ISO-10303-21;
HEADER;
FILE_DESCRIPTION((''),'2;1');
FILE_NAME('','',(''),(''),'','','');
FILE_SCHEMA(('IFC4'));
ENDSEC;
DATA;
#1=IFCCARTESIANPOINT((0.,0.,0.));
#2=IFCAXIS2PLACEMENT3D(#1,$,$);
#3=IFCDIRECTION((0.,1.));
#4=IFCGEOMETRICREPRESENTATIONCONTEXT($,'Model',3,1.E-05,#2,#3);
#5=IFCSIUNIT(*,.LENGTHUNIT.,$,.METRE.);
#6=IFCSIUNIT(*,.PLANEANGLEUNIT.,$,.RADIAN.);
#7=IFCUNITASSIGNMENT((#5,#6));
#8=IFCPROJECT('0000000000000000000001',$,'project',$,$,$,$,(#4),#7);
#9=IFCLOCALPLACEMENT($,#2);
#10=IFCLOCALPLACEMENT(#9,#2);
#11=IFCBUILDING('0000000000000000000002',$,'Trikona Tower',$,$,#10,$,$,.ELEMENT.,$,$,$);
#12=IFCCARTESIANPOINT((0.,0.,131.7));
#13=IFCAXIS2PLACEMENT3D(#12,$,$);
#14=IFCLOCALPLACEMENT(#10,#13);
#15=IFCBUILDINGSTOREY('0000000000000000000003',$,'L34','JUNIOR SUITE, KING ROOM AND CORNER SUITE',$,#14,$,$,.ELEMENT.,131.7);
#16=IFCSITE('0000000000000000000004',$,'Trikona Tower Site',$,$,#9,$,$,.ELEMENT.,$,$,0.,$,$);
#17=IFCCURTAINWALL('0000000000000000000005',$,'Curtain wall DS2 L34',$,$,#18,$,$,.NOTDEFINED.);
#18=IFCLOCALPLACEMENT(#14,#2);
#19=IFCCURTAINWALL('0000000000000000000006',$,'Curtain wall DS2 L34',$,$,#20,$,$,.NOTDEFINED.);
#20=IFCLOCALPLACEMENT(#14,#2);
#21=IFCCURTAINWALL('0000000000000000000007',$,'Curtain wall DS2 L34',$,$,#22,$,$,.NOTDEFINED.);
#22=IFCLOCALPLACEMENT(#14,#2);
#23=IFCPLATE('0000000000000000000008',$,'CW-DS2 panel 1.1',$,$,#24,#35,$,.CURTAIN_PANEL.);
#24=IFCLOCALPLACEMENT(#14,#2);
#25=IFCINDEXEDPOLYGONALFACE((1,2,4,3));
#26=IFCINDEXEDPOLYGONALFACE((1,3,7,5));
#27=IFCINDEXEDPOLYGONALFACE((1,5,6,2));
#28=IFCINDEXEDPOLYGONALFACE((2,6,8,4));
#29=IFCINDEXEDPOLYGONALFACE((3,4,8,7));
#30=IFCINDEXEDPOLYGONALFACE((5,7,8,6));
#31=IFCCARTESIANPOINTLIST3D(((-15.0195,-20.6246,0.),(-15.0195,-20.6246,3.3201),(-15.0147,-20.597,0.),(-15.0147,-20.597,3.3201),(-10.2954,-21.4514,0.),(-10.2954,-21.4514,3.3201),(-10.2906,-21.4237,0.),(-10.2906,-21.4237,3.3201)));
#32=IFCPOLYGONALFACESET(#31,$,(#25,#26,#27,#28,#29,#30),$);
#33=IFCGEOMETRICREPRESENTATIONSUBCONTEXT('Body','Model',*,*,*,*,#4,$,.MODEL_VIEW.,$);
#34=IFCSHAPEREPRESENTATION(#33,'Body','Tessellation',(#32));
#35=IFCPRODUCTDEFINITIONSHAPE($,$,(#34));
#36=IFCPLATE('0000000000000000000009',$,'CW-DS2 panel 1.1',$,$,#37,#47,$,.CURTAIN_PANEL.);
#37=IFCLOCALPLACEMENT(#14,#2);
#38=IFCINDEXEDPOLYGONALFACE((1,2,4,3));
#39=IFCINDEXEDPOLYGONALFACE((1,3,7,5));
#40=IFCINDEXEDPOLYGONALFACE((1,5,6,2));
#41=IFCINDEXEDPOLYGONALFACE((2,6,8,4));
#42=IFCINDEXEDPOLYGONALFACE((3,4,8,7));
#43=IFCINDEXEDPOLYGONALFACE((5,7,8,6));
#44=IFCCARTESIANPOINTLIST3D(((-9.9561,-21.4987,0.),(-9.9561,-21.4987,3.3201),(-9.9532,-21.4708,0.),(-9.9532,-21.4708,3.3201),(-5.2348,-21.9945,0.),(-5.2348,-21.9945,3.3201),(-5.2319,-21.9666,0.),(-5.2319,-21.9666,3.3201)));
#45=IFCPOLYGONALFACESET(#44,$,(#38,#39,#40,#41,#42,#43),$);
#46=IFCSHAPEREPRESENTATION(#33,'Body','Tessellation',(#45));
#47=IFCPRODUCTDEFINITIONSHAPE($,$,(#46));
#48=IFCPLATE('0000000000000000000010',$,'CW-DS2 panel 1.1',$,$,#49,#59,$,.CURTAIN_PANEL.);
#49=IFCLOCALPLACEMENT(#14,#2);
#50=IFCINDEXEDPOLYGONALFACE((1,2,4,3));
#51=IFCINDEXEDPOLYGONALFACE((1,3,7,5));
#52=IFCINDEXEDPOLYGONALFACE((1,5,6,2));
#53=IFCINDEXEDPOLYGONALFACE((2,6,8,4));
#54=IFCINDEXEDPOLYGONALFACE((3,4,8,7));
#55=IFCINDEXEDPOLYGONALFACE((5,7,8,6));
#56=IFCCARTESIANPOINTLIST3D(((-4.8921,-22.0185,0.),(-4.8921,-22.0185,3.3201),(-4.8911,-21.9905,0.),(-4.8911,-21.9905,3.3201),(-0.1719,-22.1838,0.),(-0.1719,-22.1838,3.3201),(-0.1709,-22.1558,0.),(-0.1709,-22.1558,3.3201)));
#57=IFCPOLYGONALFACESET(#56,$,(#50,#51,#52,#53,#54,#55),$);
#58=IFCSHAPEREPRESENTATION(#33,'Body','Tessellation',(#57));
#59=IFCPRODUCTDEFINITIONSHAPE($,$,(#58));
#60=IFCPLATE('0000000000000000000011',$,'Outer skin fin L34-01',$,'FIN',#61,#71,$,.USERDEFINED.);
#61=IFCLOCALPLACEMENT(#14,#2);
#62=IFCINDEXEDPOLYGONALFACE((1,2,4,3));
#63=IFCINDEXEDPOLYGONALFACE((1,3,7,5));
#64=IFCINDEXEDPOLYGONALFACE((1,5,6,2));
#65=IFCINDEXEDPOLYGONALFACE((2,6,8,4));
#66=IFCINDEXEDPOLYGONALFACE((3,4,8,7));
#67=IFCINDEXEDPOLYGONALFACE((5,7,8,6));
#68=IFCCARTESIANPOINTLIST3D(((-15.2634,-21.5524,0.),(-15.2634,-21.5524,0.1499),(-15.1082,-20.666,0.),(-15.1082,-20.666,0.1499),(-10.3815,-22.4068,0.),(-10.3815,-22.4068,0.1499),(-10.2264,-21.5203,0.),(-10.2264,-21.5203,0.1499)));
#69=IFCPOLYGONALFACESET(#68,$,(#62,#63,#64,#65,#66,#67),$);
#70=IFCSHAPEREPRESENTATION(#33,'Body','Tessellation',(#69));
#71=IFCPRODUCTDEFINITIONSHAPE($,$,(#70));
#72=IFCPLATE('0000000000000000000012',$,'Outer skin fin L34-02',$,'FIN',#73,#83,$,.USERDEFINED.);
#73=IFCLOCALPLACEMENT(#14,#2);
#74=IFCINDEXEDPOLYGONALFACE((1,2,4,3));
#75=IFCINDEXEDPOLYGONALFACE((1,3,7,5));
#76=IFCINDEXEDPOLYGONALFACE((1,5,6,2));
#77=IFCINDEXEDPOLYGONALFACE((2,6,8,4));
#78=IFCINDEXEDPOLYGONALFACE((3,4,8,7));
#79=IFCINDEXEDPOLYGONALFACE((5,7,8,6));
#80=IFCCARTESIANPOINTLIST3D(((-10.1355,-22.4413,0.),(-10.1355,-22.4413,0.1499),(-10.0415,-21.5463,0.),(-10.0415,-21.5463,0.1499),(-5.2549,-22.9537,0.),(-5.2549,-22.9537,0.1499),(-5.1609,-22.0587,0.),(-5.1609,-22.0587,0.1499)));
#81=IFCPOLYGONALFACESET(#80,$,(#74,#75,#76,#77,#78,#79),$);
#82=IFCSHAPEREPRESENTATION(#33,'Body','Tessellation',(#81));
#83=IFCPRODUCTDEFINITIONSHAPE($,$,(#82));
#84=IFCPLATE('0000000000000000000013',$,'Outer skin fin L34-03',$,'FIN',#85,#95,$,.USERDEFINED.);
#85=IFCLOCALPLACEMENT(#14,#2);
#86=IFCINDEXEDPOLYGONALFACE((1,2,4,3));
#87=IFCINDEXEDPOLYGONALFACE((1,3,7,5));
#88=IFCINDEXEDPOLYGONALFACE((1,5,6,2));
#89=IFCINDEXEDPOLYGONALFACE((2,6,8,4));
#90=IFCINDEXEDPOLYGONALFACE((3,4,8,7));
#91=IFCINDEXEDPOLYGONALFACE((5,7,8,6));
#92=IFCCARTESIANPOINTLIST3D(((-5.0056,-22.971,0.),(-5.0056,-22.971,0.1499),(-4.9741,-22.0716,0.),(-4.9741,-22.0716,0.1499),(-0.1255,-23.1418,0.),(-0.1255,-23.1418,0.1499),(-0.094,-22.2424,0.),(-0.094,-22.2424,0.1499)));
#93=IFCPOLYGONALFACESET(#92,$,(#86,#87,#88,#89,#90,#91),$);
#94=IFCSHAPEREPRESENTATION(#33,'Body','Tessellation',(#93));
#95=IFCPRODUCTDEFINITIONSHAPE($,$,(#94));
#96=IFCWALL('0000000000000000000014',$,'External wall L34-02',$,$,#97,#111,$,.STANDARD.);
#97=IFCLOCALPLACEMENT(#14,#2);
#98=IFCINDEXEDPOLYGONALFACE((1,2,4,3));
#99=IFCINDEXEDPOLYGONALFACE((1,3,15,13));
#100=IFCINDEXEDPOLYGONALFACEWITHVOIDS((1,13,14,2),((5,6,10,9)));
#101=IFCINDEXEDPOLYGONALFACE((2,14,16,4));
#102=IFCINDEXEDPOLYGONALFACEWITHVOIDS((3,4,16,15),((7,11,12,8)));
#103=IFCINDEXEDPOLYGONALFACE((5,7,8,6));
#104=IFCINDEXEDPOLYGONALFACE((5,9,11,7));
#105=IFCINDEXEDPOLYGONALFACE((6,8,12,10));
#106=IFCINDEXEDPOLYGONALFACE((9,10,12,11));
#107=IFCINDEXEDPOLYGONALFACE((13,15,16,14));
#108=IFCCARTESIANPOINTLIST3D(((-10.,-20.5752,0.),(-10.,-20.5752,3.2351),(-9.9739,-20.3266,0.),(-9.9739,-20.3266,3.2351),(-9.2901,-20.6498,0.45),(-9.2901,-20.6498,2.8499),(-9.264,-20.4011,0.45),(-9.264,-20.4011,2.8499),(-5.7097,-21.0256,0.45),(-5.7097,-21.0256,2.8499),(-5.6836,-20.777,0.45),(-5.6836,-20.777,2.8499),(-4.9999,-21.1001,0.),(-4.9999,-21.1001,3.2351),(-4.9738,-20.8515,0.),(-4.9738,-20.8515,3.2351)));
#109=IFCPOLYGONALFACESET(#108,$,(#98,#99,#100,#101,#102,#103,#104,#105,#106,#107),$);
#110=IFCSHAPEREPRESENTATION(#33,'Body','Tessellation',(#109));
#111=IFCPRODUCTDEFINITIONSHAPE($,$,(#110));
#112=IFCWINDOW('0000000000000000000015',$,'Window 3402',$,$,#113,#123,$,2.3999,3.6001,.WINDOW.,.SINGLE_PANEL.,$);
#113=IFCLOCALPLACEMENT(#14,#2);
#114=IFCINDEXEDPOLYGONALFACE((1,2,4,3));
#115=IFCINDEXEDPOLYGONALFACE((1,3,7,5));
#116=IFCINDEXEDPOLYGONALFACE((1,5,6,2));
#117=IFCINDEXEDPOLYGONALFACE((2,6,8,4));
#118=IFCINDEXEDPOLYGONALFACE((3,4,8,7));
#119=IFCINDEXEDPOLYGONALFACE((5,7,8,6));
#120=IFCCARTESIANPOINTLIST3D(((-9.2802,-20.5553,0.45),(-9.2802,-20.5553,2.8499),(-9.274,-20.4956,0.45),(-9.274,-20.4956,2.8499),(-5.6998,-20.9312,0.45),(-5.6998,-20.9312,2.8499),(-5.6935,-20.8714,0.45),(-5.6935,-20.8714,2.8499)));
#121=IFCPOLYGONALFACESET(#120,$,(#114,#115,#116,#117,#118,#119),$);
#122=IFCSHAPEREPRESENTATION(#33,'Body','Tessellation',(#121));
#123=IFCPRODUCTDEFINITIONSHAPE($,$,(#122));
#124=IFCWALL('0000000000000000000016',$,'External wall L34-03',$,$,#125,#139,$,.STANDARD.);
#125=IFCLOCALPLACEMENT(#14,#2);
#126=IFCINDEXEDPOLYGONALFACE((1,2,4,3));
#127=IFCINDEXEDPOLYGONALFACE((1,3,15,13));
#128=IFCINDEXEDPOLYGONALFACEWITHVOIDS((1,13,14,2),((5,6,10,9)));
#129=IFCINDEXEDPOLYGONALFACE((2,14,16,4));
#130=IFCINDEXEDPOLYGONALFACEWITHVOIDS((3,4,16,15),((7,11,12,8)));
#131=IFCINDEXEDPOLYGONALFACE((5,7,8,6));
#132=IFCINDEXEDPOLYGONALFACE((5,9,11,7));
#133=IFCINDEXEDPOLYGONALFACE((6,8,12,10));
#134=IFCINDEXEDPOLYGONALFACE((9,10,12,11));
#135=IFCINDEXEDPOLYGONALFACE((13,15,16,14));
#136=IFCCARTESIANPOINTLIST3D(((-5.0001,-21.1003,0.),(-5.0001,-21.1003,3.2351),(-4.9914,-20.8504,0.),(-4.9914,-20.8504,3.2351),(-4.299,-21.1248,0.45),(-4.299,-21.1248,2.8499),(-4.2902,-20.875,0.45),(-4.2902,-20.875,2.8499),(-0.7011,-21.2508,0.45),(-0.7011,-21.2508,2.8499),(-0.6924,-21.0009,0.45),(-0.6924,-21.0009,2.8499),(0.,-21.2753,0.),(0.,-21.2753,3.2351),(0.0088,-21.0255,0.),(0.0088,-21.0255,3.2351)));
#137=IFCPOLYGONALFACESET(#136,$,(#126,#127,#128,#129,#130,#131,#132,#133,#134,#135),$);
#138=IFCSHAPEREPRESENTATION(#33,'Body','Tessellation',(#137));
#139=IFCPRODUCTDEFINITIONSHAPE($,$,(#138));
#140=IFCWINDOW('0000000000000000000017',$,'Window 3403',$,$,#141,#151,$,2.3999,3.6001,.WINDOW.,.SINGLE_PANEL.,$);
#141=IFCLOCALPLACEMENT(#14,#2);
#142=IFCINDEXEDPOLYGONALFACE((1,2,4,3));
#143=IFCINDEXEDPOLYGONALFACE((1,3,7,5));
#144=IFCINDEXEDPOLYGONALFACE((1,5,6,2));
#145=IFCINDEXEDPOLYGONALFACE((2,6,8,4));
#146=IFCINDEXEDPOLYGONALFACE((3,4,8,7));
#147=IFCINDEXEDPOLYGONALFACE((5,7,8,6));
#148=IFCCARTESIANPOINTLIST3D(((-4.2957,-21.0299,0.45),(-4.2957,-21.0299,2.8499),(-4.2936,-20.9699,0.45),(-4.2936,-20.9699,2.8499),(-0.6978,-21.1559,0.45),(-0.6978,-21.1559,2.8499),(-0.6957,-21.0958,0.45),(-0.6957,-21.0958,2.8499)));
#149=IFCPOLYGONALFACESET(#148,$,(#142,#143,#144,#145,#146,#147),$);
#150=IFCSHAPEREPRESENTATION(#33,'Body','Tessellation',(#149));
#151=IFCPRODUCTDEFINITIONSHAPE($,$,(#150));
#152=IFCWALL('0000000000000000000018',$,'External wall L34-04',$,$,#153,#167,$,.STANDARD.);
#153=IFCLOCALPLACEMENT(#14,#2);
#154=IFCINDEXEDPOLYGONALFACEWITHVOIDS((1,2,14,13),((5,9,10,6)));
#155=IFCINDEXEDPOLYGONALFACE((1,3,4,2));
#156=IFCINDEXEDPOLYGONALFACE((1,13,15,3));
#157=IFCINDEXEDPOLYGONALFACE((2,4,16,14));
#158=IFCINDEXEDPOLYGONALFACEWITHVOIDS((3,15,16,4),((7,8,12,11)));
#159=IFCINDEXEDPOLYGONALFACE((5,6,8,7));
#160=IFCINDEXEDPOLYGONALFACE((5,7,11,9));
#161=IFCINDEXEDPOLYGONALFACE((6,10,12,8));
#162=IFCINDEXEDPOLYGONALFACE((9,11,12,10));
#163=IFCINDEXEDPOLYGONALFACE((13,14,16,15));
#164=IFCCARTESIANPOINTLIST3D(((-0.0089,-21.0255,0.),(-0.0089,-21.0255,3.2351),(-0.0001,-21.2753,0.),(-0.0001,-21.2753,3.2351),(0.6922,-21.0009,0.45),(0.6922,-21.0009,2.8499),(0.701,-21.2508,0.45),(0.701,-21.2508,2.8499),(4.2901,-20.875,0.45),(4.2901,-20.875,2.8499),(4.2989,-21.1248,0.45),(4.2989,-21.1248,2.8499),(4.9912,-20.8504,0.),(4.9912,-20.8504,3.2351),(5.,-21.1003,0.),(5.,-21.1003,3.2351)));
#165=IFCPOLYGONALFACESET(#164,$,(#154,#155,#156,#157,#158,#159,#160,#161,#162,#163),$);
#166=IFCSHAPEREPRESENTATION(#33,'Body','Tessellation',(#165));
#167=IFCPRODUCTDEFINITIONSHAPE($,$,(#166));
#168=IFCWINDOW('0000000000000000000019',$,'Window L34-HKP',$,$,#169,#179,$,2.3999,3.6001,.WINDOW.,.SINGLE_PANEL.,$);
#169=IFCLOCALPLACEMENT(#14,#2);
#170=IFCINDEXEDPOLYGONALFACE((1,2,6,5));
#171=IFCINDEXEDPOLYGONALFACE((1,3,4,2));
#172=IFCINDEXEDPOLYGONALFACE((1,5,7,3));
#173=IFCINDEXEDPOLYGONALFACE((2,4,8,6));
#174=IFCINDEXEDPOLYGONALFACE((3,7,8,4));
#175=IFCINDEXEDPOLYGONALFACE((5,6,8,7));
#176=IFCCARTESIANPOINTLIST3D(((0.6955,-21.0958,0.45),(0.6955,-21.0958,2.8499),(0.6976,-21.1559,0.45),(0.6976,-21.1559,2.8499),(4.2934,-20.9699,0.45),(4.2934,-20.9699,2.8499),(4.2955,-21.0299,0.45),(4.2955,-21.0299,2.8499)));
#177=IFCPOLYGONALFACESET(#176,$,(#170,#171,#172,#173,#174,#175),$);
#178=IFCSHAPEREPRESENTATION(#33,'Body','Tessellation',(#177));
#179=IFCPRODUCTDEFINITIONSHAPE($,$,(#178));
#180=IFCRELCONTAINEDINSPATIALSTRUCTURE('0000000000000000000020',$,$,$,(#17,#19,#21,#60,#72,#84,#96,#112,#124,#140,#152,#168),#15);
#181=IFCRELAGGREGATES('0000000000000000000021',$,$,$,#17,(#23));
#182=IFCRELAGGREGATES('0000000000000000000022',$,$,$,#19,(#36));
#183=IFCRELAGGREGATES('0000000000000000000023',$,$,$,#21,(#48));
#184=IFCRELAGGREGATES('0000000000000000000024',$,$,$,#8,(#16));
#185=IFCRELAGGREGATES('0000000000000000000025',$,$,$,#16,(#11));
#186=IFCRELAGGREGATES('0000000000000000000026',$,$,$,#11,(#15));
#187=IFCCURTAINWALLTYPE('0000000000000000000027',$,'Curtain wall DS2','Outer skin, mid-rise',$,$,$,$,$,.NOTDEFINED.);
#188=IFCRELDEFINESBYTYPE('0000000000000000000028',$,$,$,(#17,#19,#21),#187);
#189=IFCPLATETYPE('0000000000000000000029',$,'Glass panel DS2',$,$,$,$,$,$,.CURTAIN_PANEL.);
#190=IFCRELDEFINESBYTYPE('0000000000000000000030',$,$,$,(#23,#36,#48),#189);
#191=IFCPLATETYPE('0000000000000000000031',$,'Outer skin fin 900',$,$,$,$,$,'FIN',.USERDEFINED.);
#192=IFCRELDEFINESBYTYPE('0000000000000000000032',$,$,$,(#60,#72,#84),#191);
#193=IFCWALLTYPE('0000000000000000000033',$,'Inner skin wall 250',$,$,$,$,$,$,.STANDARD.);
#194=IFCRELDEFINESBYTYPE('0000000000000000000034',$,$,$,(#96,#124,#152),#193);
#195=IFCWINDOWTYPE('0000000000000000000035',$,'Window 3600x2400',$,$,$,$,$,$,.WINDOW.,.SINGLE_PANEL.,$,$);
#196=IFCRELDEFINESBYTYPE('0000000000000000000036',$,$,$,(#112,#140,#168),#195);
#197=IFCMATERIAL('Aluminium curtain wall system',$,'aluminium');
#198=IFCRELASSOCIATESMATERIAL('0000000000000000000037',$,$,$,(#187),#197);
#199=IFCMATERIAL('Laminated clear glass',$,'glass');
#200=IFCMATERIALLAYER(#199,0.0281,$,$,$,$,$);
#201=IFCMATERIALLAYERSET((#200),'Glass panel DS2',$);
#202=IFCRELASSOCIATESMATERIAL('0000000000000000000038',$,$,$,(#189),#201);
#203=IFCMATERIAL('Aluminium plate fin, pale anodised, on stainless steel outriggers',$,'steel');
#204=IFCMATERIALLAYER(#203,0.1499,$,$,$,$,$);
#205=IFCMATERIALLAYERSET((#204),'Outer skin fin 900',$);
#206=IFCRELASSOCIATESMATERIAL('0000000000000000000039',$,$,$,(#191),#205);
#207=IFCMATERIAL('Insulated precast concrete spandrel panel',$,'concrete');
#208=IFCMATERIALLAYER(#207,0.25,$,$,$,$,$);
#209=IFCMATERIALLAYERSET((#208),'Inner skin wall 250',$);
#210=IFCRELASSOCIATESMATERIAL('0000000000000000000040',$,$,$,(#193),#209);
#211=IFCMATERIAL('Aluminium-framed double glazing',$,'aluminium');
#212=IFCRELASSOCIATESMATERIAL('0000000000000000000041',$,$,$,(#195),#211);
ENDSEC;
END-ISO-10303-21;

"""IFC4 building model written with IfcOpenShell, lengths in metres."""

from ifc_helpers import new_model, si_unit, direction, frame, frame_2d, origin, origin_2d, place, context, subcontext, project, spatial, rectangle, extrude, material, layer, layer_set, type_object, element, fill, aggregate, save


model = new_model("IFC4")

# Units and contexts
model_context = context("Model", 3, precision=1e-05, world=origin(), true_north=direction((0.0, 1.0)))
body_context = subcontext(model_context, "Body", "Model", "MODEL_VIEW")
ifc_project = project(units=[si_unit("LENGTHUNIT", "METRE"), si_unit("PLANEANGLEUNIT", "RADIAN")], contexts=[model_context])

# Site, building, storey
site_placement = place(None, origin())
site = spatial("IfcSite", under=ifc_project, at=site_placement, Name="Trikona Tower Site", CompositionType="ELEMENT", RefElevation=0.0)
building_placement = place(site_placement, origin())
building = spatial("IfcBuilding", under=site, at=building_placement, Name="Trikona Tower", CompositionType="ELEMENT")
storey_placement = place(building_placement, frame((0.0, 0.0, 131.7)))
storey = spatial("IfcBuildingStorey", under=building, at=storey_placement, Name="L34", Description="JUNIOR SUITE, KING ROOM AND CORNER SUITE", CompositionType="ELEMENT", Elevation=131.7)

# Curtain wall
ifc_material_1 = material(Name="Aluminium curtain wall system", Category="aluminium")
curtain_wall_type = type_object("IfcCurtainWallType", Name="Curtain wall DS2", Description="Outer skin, mid-rise", PredefinedType="NOTDEFINED", material=ifc_material_1)
curtain_wall_1_placement = place(storey_placement, origin())
curtain_wall_1 = element("IfcCurtainWall", 1, at=curtain_wall_1_placement, inside=storey, type_object=curtain_wall_type, Name="Curtain wall DS2 L34", PredefinedType="NOTDEFINED")

# Curtain walls
curtain_wall_2_placement = place(storey_placement, origin())
curtain_wall_2 = element("IfcCurtainWall", 2, at=curtain_wall_2_placement, inside=storey, type_object=curtain_wall_type, Name="Curtain wall DS2 L34", PredefinedType="NOTDEFINED")
curtain_wall_3_placement = place(storey_placement, origin())
curtain_wall_3 = element("IfcCurtainWall", 3, at=curtain_wall_3_placement, inside=storey, type_object=curtain_wall_type, Name="Curtain wall DS2 L34", PredefinedType="NOTDEFINED")

# Plates
ifc_material_2 = material(Name="Laminated clear glass", Category="glass")
ifc_layer_1 = layer(ifc_material_2, 0.0281)
ifc_layer_set_1 = layer_set([ifc_layer_1], Name="Glass panel DS2")
plate_type_1 = type_object("IfcPlateType", Name="Glass panel DS2", PredefinedType="CURTAIN_PANEL", material=ifc_layer_set_1)
plate_1_placement = place(storey_placement, frame((-12.655, -21.0242, 0.0), z_axis=(0.0, 0.0, 1.0), x_axis=(0.985031, -0.172377, 0.0)))
plate_1 = element("IfcPlate", 4, at=plate_1_placement, type_object=plate_type_1, Name="CW-DS2 panel 1.1", PredefinedType="CURTAIN_PANEL", context=body_context, shape_type="SweptSolid", body=[
    extrude(rectangle(XDim=4.7959, YDim=0.0281, at=origin_2d()), origin(), (0.0, 0.0, 1.0), 3.3201),
])
aggregate(curtain_wall_1, [plate_1])
plate_2_placement = place(storey_placement, frame((-7.594, -21.7327, 0.0), z_axis=(0.0, 0.0, 1.0), x_axis=(0.994532, -0.104433, 0.0)))
plate_2 = element("IfcPlate", 5, at=plate_2_placement, type_object=plate_type_1, Name="CW-DS2 panel 1.1", PredefinedType="CURTAIN_PANEL", context=body_context, shape_type="SweptSolid", body=[
    extrude(rectangle(XDim=4.7473, YDim=0.0281, at=origin_2d()), origin(), (0.0, 0.0, 1.0), 3.3201),
])
aggregate(curtain_wall_2, [plate_2])
plate_3_placement = place(storey_placement, frame((-2.5315, -22.0872, 0.0), z_axis=(0.0, 0.0, 1.0), x_axis=(0.999387, -0.034998, 0.0)))
plate_3 = element("IfcPlate", 6, at=plate_3_placement, type_object=plate_type_1, Name="CW-DS2 panel 1.1", PredefinedType="CURTAIN_PANEL", context=body_context, shape_type="SweptSolid", body=[
    extrude(rectangle(XDim=4.7231, YDim=0.0281, at=origin_2d()), origin(), (0.0, 0.0, 1.0), 3.3201),
])
aggregate(curtain_wall_3, [plate_3])

# Plates
ifc_material_3 = material(Name="Aluminium plate fin, pale anodised, on stainless steel outriggers", Category="steel")
ifc_layer_2 = layer(ifc_material_3, 0.1499)
ifc_layer_set_2 = layer_set([ifc_layer_2], Name="Outer skin fin 900")
plate_type_2 = type_object("IfcPlateType", Name="Outer skin fin 900", ElementType="FIN", PredefinedType="USERDEFINED", material=ifc_layer_set_2)
plate_4_placement = place(storey_placement, frame((-12.7449, -21.5364, 0.0), z_axis=(0.0, 0.0, 1.0), x_axis=(0.985031, -0.17238, 0.0)))
element("IfcPlate", 7, at=plate_4_placement, inside=storey, type_object=plate_type_2, Name="Outer skin fin L34-01", ObjectType="FIN", PredefinedType="USERDEFINED", context=body_context, shape_type="SweptSolid", body=[
    extrude(rectangle(XDim=4.9561, YDim=0.8999, at=origin_2d()), origin(), (0.0, 0.0, 1.0), 0.1499),
])
plate_5_placement = place(storey_placement, frame((-7.6482, -22.25, 0.0), z_axis=(0.0, 0.0, 1.0), x_axis=(0.994533, -0.104426, 0.0)))
element("IfcPlate", 8, at=plate_5_placement, inside=storey, type_object=plate_type_2, Name="Outer skin fin L34-02", ObjectType="FIN", PredefinedType="USERDEFINED", context=body_context, shape_type="SweptSolid", body=[
    extrude(rectangle(XDim=4.9075, YDim=0.8999, at=origin_2d()), origin(), (0.0, 0.0, 1.0), 0.1499),
])
plate_6_placement = place(storey_placement, frame((-2.5498, -22.6067, 0.0), z_axis=(0.0, 0.0, 1.0), x_axis=(0.999388, -0.034978, 0.0)))
element("IfcPlate", 9, at=plate_6_placement, inside=storey, type_object=plate_type_2, Name="Outer skin fin L34-03", ObjectType="FIN", PredefinedType="USERDEFINED", context=body_context, shape_type="SweptSolid", body=[
    extrude(rectangle(XDim=4.8831, YDim=0.8999, at=origin_2d()), origin(), (0.0, 0.0, 1.0), 0.1499),
])

# Walls, openings, windows
ifc_material_4 = material(Name="Insulated precast concrete spandrel panel", Category="concrete")
ifc_layer_3 = layer(ifc_material_4, 0.25)
ifc_layer_set_3 = layer_set([ifc_layer_3], Name="Inner skin wall 250")
wall_type = type_object("IfcWallType", Name="Inner skin wall 250", PredefinedType="STANDARD", material=ifc_layer_set_3)
wall_1_placement = place(storey_placement, frame((-9.9868, -20.4509, 0.0), z_axis=(0.0, 0.0, 1.0), x_axis=(0.994535, -0.104407, 0.0)))
wall_1 = element("IfcWall", 10, at=wall_1_placement, inside=storey, type_object=wall_type, Name="External wall L34-02", PredefinedType="STANDARD", context=body_context, shape_type="SweptSolid", body=[
    extrude(rectangle(XDim=5.0276, YDim=0.25, at=frame_2d((2.5137, 0.0))), origin(), (0.0, 0.0, 1.0), 3.2351),
])
opening_1_placement = place(wall_1_placement, frame((0.7136, 0.0, 0.45)))
opening_1 = element("IfcOpeningElement", 11, at=opening_1_placement, cuts=wall_1, PredefinedType="OPENING", context=body_context, shape_type="SweptSolid", body=[
    extrude(rectangle(XDim=3.6001, YDim=2.3999, at=frame_2d((1.8, 1.2))), frame((0.0, 0.135, 0.0), z_axis=(0.0, -1.0, 0.0), x_axis=(1.0, 0.0, 0.0)), (0.0, 0.0, 1.0), 0.27),
])
ifc_material_5 = material(Name="Aluminium-framed double glazing", Category="aluminium")
window_type = type_object("IfcWindowType", Name="Window 3600x2400", PartitioningType="SINGLE_PANEL", PredefinedType="WINDOW", material=ifc_material_5)
window_1_placement = place(opening_1_placement, origin())
window_1 = element("IfcWindow", 12, at=window_1_placement, inside=storey, type_object=window_type, Name="Window 3402", OverallHeight=2.3999, OverallWidth=3.6001, PartitioningType="SINGLE_PANEL", PredefinedType="WINDOW", context=body_context, shape_type="SweptSolid", body=[
    extrude(rectangle(XDim=3.6001, YDim=2.3999, at=frame_2d((1.8, 1.2))), frame((0.0, 0.03, 0.0), z_axis=(0.0, -1.0, 0.0), x_axis=(1.0, 0.0, 0.0)), (0.0, 0.0, 1.0), 0.0601),
])
fill(opening_1, window_1)
wall_2_placement = place(storey_placement, frame((-4.9956, -20.9753, 0.0), z_axis=(0.0, 0.0, 1.0), x_axis=(0.999388, -0.034988, 0.0)))
wall_2 = element("IfcWall", 13, at=wall_2_placement, inside=storey, type_object=wall_type, Name="External wall L34-03", PredefinedType="STANDARD", context=body_context, shape_type="SweptSolid", body=[
    extrude(rectangle(XDim=5.0032, YDim=0.25, at=frame_2d((2.5015, 0.0))), origin(), (0.0, 0.0, 1.0), 3.2351),
])
opening_2_placement = place(wall_2_placement, frame((0.7014, 0.0, 0.45)))
opening_2 = element("IfcOpeningElement", 14, at=opening_2_placement, cuts=wall_2, PredefinedType="OPENING", context=body_context, shape_type="SweptSolid", body=[
    extrude(rectangle(XDim=3.6001, YDim=2.3999, at=frame_2d((1.8, 1.2))), frame((0.0, 0.135, 0.0), z_axis=(0.0, -1.0, 0.0), x_axis=(1.0, 0.0, 0.0)), (0.0, 0.0, 1.0), 0.27),
])
window_2_placement = place(opening_2_placement, origin())
window_2 = element("IfcWindow", 15, at=window_2_placement, inside=storey, type_object=window_type, Name="Window 3403", OverallHeight=2.3999, OverallWidth=3.6001, PartitioningType="SINGLE_PANEL", PredefinedType="WINDOW", context=body_context, shape_type="SweptSolid", body=[
    extrude(rectangle(XDim=3.6001, YDim=2.3999, at=frame_2d((1.8, 1.2))), frame((0.0, 0.03, 0.0), z_axis=(0.0, -1.0, 0.0), x_axis=(1.0, 0.0, 0.0)), (0.0, 0.0, 1.0), 0.0601),
])
fill(opening_2, window_2)
wall_3_placement = place(storey_placement, frame((-0.0044, -21.1504, 0.0), z_axis=(0.0, 0.0, 1.0), x_axis=(0.999388, 0.034988, 0.0)))
wall_3 = element("IfcWall", 16, at=wall_3_placement, inside=storey, type_object=wall_type, Name="External wall L34-04", PredefinedType="STANDARD", context=body_context, shape_type="SweptSolid", body=[
    extrude(rectangle(XDim=5.0032, YDim=0.25, at=frame_2d((2.5015, 0.0))), origin(), (0.0, 0.0, 1.0), 3.2351),
])
opening_3_placement = place(wall_3_placement, frame((0.7014, 0.0, 0.45)))
opening_3 = element("IfcOpeningElement", 17, at=opening_3_placement, cuts=wall_3, PredefinedType="OPENING", context=body_context, shape_type="SweptSolid", body=[
    extrude(rectangle(XDim=3.6001, YDim=2.3999, at=frame_2d((1.8, 1.2))), frame((0.0, 0.135, 0.0), z_axis=(0.0, -1.0, 0.0), x_axis=(1.0, 0.0, 0.0)), (0.0, 0.0, 1.0), 0.27),
])
window_3_placement = place(opening_3_placement, origin())
window_3 = element("IfcWindow", 18, at=window_3_placement, inside=storey, type_object=window_type, Name="Window L34-HKP", OverallHeight=2.3999, OverallWidth=3.6001, PartitioningType="SINGLE_PANEL", PredefinedType="WINDOW", context=body_context, shape_type="SweptSolid", body=[
    extrude(rectangle(XDim=3.6001, YDim=2.3999, at=frame_2d((1.8, 1.2))), frame((0.0, 0.03, 0.0), z_axis=(0.0, -1.0, 0.0), x_axis=(1.0, 0.0, 0.0)), (0.0, 0.0, 1.0), 0.0601),
])
fill(opening_3, window_3)

save(model, "model.ifc")
